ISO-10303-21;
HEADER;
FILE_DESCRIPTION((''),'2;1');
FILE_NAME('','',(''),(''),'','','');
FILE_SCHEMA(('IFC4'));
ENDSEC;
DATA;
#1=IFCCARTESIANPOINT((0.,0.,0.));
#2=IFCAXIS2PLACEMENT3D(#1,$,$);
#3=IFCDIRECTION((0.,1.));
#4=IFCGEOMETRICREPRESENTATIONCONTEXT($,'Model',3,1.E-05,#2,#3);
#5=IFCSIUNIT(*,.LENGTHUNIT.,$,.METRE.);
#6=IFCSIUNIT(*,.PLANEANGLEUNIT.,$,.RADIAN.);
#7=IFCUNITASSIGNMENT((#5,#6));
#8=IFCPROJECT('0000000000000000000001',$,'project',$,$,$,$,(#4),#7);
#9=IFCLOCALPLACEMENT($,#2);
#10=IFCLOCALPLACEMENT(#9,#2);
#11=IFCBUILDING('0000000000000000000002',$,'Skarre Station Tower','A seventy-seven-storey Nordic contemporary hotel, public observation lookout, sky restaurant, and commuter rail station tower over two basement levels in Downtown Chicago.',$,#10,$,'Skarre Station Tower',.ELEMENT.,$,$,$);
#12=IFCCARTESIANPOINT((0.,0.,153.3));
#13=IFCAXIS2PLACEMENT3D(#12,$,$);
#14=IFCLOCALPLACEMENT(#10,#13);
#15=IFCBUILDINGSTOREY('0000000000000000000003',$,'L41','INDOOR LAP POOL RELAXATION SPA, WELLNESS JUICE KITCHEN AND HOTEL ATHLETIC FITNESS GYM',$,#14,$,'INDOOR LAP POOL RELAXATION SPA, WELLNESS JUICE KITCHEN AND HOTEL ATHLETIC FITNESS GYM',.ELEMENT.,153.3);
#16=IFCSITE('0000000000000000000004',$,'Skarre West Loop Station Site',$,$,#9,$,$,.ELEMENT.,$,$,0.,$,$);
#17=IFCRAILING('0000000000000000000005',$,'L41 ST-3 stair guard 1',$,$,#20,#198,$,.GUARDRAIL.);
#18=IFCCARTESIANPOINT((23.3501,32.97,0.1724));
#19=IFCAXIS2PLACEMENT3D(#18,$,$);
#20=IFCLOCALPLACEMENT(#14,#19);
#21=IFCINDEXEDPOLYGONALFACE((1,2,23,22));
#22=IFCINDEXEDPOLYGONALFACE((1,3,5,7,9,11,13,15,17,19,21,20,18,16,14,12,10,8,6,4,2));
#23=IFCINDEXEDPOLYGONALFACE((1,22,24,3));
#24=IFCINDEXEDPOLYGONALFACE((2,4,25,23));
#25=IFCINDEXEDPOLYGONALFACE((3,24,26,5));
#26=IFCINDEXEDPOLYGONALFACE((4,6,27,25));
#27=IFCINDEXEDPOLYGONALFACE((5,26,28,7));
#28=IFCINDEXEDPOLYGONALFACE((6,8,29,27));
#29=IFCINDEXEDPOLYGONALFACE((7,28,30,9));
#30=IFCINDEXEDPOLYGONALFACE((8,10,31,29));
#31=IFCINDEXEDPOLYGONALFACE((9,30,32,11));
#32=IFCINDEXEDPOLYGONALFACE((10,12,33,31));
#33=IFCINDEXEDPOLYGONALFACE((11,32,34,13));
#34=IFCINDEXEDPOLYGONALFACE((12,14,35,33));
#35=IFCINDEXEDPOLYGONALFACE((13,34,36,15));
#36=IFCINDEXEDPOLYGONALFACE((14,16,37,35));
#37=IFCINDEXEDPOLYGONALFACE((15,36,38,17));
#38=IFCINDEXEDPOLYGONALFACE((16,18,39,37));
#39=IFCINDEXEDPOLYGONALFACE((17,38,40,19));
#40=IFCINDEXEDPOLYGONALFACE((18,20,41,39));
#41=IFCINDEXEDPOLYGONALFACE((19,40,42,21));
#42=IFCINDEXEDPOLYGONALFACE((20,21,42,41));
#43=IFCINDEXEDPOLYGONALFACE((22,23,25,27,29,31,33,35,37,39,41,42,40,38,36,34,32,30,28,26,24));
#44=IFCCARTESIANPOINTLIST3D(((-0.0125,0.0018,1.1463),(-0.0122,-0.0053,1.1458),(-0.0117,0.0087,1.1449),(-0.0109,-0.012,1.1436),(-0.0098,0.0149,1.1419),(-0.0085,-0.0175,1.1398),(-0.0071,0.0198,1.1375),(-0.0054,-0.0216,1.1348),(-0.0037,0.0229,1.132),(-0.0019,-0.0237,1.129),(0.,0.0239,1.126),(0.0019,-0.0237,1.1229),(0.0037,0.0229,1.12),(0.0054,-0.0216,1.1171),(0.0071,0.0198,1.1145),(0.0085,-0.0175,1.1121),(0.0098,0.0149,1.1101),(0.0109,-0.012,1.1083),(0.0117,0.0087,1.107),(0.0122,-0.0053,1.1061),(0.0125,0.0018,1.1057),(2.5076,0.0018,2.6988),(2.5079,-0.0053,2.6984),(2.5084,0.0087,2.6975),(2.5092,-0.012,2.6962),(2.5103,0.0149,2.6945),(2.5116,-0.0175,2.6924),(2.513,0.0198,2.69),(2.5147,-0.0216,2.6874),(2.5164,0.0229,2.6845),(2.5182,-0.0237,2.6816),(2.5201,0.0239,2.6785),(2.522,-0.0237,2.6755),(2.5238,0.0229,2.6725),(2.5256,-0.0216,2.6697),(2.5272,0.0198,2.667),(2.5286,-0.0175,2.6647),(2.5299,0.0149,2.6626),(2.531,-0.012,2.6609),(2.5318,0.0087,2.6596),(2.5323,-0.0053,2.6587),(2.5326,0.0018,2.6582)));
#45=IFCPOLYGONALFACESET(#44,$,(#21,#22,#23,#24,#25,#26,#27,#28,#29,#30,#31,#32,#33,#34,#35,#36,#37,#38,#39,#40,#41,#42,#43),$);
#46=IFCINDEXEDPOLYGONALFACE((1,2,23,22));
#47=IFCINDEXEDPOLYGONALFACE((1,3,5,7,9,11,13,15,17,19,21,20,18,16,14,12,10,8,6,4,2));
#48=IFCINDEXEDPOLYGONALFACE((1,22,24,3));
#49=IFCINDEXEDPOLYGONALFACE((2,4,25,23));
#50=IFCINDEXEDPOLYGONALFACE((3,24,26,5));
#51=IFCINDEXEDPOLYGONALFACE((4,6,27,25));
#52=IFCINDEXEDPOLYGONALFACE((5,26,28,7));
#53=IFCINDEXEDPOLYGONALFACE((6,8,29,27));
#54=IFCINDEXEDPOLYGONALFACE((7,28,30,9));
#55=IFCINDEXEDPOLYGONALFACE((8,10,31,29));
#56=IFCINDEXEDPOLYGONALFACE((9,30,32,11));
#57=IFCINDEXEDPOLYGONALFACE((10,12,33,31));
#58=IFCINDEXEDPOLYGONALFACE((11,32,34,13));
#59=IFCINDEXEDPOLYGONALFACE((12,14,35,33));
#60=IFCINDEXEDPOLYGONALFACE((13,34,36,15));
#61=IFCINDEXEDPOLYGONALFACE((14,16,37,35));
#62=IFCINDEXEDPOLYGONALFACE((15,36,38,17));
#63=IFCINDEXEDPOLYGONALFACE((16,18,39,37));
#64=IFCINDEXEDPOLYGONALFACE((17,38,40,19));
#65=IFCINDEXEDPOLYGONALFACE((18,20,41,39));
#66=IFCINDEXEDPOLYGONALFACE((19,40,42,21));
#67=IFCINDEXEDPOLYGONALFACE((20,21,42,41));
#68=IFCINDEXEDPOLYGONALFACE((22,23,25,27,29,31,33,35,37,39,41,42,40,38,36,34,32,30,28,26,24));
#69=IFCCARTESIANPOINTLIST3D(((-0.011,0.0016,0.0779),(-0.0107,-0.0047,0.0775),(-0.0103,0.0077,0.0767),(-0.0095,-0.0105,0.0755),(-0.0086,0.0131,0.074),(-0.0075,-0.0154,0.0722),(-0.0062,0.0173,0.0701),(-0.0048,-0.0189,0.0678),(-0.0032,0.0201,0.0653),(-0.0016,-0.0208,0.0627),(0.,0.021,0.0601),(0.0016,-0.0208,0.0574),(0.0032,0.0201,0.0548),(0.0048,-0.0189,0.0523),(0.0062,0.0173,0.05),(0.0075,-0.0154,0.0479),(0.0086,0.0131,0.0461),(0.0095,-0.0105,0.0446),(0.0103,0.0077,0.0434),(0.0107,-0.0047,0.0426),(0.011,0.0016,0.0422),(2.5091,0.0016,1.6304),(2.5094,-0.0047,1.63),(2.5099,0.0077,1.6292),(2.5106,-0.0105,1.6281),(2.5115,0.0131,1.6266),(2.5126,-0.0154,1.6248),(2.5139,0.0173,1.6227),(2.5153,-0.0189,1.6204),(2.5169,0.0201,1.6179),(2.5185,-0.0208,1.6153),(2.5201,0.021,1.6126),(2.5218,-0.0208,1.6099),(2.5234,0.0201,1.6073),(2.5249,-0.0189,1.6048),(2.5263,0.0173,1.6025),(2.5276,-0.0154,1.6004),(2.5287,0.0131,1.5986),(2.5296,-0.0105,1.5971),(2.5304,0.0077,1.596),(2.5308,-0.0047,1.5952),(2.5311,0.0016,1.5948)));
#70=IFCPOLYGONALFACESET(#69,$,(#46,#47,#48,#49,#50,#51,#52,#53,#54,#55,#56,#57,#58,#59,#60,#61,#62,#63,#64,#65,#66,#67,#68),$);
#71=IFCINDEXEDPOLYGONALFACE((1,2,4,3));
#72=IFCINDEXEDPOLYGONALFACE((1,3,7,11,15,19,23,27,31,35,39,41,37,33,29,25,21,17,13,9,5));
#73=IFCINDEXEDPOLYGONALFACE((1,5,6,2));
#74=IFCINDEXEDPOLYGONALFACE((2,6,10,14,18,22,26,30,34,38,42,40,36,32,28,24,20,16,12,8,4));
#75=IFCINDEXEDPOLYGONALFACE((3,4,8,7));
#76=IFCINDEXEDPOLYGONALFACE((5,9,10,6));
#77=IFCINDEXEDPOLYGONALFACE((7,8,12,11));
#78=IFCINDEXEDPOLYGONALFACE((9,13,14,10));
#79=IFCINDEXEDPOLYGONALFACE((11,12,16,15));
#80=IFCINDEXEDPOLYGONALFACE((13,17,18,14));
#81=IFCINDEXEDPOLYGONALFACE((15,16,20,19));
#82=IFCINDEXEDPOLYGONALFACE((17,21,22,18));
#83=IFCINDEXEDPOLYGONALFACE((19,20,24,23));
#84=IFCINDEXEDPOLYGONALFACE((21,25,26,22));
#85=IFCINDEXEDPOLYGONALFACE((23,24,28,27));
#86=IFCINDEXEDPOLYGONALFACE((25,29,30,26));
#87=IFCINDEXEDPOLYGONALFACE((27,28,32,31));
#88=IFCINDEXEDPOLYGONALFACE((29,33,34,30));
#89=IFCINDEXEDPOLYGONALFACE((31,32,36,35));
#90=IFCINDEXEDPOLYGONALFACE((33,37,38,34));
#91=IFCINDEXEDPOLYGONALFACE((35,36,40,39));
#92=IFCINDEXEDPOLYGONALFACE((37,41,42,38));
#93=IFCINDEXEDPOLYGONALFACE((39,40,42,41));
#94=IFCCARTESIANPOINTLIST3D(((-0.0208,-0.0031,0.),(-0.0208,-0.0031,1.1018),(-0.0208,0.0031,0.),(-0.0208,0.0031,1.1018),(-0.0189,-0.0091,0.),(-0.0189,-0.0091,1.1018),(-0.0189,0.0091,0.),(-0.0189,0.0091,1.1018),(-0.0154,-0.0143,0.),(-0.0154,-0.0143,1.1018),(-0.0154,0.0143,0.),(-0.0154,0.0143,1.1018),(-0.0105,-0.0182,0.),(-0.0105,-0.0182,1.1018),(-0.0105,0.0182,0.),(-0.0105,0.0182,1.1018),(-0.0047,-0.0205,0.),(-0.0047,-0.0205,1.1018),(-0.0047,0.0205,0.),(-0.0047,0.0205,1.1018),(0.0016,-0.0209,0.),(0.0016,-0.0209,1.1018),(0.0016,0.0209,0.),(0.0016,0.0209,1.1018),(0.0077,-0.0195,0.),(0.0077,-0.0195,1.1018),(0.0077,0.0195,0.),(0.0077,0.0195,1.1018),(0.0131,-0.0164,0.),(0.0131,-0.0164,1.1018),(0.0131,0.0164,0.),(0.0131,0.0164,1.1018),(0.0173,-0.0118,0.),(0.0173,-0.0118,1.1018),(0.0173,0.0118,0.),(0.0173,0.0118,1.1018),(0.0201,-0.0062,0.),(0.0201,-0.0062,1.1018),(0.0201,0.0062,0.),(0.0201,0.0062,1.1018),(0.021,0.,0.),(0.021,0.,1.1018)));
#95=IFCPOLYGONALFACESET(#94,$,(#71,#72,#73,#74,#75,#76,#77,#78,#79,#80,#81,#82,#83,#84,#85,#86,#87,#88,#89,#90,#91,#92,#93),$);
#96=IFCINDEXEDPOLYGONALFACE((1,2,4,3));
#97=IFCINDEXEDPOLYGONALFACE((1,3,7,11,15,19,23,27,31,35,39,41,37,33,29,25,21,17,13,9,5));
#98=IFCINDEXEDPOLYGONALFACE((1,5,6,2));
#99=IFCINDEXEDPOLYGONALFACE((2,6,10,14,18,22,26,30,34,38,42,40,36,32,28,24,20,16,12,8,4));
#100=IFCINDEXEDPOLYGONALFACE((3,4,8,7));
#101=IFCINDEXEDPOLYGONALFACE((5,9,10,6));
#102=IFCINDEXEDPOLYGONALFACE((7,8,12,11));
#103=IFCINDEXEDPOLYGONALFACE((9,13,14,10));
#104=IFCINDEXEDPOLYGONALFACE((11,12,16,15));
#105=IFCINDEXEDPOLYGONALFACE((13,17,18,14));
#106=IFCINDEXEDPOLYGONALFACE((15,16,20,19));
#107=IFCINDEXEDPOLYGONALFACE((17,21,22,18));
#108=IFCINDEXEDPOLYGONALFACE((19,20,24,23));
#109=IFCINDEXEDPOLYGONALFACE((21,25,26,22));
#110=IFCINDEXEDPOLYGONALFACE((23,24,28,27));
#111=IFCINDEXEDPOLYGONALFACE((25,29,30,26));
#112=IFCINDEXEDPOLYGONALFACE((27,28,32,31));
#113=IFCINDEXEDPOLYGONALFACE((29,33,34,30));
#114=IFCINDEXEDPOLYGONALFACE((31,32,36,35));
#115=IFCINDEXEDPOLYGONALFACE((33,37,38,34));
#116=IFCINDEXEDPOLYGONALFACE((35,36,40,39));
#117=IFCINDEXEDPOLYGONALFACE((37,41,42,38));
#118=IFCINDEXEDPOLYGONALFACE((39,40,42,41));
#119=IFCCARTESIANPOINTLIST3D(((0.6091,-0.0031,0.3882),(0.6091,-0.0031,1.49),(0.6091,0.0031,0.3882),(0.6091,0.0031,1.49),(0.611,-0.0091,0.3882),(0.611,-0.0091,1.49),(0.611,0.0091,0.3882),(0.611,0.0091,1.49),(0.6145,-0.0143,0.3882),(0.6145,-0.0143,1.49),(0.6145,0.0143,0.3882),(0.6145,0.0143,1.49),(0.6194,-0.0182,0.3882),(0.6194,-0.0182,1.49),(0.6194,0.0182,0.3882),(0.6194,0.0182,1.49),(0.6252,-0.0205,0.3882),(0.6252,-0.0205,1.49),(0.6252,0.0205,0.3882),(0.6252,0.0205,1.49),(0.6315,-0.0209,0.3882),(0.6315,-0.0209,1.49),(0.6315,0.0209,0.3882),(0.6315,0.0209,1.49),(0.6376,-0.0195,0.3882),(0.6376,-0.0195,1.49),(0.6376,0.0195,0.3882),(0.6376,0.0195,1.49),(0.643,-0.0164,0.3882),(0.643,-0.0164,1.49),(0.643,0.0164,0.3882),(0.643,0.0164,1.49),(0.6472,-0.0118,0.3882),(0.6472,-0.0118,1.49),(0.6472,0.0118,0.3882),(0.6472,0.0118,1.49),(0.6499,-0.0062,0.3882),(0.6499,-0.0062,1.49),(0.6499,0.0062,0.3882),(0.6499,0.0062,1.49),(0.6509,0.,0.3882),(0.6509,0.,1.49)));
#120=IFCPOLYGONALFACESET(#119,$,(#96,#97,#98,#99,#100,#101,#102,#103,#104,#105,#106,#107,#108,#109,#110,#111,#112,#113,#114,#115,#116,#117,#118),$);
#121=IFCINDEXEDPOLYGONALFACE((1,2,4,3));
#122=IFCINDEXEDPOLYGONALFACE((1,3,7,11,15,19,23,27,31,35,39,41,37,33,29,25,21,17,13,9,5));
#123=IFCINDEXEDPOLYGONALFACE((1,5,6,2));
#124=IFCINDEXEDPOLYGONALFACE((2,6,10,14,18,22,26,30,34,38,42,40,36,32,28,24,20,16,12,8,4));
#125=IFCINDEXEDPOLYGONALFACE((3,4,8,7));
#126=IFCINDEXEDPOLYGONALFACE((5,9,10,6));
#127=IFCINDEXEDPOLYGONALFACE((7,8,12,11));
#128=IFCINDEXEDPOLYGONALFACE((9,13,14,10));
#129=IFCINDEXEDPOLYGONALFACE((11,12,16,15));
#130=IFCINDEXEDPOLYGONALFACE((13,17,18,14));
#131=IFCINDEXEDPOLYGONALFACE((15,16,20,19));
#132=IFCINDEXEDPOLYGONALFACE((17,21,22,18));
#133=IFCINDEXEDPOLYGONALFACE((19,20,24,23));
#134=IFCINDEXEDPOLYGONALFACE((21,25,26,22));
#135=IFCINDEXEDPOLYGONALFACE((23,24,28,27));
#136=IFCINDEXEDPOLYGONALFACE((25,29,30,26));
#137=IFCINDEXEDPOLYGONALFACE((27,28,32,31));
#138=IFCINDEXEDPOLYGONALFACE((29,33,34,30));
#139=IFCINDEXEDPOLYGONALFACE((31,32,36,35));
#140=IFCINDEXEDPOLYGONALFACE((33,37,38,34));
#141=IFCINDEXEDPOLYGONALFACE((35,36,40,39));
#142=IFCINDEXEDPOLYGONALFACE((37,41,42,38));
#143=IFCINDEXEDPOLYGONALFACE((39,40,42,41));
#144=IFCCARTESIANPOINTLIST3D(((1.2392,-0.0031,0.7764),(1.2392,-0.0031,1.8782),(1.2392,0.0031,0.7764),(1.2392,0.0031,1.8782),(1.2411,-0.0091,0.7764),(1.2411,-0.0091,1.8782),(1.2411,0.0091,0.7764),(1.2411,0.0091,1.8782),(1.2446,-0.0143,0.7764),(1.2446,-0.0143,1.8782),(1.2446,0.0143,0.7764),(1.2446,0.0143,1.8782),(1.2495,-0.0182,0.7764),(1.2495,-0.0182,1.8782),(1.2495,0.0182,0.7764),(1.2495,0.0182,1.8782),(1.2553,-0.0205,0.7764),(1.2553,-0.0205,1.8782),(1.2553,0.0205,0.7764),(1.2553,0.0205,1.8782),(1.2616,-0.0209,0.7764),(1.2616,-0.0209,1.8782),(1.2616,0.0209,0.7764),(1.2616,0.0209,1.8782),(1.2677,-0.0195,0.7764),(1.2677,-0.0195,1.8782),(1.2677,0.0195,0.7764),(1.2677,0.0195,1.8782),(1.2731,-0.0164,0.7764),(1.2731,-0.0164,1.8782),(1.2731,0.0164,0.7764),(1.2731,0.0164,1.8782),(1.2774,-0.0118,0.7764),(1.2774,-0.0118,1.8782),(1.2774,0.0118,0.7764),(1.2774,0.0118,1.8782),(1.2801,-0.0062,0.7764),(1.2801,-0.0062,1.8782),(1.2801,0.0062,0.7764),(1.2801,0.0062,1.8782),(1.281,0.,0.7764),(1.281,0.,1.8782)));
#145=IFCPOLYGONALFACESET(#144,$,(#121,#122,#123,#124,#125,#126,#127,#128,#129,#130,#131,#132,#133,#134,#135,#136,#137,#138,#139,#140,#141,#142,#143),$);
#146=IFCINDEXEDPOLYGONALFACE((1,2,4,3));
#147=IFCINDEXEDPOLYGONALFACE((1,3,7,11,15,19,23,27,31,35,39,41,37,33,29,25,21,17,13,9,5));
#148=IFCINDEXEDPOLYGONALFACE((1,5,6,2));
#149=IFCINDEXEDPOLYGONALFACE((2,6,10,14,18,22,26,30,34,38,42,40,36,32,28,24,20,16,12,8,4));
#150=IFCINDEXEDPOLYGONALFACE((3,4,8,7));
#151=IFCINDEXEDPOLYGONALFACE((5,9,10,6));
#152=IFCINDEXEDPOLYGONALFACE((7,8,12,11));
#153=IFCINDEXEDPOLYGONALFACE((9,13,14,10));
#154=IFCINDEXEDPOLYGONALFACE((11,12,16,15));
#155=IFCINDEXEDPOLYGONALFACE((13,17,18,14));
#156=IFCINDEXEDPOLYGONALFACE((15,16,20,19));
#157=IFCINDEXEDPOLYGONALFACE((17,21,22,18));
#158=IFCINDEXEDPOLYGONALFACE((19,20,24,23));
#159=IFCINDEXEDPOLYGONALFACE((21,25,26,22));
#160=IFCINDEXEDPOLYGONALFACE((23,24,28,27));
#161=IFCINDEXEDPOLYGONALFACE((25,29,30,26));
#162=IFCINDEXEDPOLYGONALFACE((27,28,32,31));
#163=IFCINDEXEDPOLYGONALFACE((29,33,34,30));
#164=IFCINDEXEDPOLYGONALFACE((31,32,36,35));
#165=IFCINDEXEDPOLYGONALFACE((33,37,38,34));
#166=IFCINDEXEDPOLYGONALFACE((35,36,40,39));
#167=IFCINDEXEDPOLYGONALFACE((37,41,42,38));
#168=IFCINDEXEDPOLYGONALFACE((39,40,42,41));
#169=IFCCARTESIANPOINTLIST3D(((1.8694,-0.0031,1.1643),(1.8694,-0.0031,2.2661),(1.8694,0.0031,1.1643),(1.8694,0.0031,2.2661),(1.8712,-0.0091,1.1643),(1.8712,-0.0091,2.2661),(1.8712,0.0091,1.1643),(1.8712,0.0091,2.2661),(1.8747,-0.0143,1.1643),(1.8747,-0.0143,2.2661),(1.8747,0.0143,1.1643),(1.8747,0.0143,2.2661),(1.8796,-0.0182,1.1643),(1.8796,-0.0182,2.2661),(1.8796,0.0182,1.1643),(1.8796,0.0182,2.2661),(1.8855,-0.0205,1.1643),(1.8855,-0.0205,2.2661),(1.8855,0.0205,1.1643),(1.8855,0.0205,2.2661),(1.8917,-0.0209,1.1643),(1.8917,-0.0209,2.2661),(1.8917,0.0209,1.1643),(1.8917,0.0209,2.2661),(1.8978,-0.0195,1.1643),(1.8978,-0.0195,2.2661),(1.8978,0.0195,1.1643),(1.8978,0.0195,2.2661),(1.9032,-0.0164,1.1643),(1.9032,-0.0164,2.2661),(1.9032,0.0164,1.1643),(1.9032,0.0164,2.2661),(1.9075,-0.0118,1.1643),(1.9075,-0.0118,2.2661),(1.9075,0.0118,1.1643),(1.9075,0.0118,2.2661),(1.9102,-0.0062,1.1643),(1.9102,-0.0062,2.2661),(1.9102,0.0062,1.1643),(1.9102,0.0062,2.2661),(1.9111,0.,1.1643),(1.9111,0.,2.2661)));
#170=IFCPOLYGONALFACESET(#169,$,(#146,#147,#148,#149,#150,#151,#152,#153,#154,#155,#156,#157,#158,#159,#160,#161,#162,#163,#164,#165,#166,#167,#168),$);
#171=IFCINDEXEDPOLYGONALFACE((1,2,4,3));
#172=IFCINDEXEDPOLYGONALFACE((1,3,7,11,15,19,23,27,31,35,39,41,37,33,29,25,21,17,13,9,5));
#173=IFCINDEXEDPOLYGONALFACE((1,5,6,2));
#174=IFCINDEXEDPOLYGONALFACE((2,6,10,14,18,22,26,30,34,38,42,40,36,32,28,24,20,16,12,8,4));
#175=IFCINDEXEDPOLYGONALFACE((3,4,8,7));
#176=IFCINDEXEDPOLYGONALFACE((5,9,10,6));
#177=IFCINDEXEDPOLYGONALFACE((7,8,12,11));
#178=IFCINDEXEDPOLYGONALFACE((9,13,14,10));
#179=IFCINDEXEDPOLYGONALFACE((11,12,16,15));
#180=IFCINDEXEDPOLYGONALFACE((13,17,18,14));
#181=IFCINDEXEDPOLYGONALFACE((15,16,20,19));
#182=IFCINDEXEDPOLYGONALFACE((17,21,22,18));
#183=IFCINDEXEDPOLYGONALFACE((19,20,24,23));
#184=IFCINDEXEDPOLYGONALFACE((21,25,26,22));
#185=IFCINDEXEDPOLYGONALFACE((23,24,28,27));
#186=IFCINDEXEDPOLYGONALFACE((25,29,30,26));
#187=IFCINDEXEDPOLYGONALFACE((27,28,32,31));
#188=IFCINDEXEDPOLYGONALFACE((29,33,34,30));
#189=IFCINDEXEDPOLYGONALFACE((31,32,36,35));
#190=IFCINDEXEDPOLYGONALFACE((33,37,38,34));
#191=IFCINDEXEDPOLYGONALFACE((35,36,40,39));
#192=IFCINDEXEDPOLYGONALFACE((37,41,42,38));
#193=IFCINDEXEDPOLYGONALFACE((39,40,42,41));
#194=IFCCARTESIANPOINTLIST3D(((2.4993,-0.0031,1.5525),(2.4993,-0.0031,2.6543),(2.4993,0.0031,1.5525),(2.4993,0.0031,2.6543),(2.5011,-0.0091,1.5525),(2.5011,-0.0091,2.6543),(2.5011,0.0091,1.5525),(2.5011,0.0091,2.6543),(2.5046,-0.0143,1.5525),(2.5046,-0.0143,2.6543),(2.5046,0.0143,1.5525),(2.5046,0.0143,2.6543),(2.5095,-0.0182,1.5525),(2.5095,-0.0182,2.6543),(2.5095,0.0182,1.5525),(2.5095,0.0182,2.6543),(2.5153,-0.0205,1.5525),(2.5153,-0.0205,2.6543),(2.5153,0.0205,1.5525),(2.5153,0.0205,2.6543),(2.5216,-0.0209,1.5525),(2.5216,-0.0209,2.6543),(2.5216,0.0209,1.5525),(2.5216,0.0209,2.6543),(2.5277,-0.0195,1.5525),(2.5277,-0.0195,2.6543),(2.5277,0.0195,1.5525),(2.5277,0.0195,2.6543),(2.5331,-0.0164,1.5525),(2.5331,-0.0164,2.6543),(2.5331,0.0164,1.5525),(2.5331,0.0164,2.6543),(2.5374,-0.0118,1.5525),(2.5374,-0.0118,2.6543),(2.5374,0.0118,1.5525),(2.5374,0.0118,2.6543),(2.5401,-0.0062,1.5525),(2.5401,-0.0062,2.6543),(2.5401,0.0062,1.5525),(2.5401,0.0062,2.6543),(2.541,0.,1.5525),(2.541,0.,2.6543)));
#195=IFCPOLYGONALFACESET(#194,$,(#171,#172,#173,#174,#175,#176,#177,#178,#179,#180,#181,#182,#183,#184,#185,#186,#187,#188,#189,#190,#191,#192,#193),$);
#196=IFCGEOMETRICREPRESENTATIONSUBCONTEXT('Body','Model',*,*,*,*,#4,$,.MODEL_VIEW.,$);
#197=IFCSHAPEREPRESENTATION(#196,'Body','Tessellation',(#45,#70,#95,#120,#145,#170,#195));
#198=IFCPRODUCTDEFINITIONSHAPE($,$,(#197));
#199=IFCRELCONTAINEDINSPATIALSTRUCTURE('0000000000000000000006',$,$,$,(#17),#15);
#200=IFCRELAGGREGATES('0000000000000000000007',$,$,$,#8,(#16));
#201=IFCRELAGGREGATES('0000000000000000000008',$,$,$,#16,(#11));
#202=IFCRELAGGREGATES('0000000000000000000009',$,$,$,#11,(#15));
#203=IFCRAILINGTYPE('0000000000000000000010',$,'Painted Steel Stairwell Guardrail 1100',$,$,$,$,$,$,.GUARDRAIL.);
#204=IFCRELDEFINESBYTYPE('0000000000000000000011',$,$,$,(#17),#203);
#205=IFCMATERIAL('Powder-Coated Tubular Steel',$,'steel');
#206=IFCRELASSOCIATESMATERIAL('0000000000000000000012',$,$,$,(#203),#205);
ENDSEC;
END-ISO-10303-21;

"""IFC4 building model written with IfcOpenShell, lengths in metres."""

from ifc_helpers import new_model, si_unit, direction, frame, origin, origin_2d, place, context, subcontext, project, spatial, circle, extrude, material, type_object, element, save


model = new_model("IFC4")

# Units and contexts
model_context = context("Model", 3, precision=1e-05, world=origin(), true_north=direction((0.0, 1.0)))
body_context = subcontext(model_context, "Body", "Model", "MODEL_VIEW")
ifc_project = project(units=[si_unit("LENGTHUNIT", "METRE"), si_unit("PLANEANGLEUNIT", "RADIAN")], contexts=[model_context])

# Site, building, storey
site_placement = place(None, origin())
site = spatial("IfcSite", under=ifc_project, at=site_placement, Name="Skarre West Loop Station Site", CompositionType="ELEMENT", RefElevation=0.0)
building_placement = place(site_placement, origin())
building = spatial("IfcBuilding", under=site, at=building_placement, Name="Skarre Station Tower", Description="A seventy-seven-storey Nordic contemporary hotel, public observation lookout, sky restaurant, and commuter rail station tower over two basement levels in Downtown Chicago.", LongName="Skarre Station Tower", CompositionType="ELEMENT")
storey_placement = place(building_placement, frame((0.0, 0.0, 153.3)))
storey = spatial("IfcBuildingStorey", under=building, at=storey_placement, Name="L41", Description="INDOOR LAP POOL RELAXATION SPA, WELLNESS JUICE KITCHEN AND HOTEL ATHLETIC FITNESS GYM", LongName="INDOOR LAP POOL RELAXATION SPA, WELLNESS JUICE KITCHEN AND HOTEL ATHLETIC FITNESS GYM", CompositionType="ELEMENT", Elevation=153.3)

# Railing
ifc_material_1 = material(Name="Powder-Coated Tubular Steel", Category="steel")
railing_type_1 = type_object("IfcRailingType", Name="Painted Steel Stairwell Guardrail 1100", PredefinedType="GUARDRAIL", material=ifc_material_1)
railing_1_placement = place(storey_placement, frame((23.3501, 32.97, 0.1724)))
element("IfcRailing", 1, at=railing_1_placement, inside=storey, type_object=railing_type_1, Name="L41 ST-3 stair guard 1", PredefinedType="GUARDRAIL", context=body_context, shape_type="SweptSolid", body=[
    extrude(circle(Radius=0.0239, at=origin_2d()), frame((0.0, 0.0, 1.126), z_axis=(0.8514, 0.0, 0.524516), x_axis=(0.0, 1.0, 0.0)), (0.0, 0.0, 1.0), 2.96),
    extrude(circle(Radius=0.021, at=origin_2d()), frame((0.0, 0.0, 0.0601), z_axis=(0.8514, 0.0, 0.524516), x_axis=(0.0, 1.0, 0.0)), (0.0, 0.0, 1.0), 2.96),
    extrude(circle(Radius=0.021, at=origin_2d()), origin(), (0.0, 0.0, 1.0), 1.1018),
    extrude(circle(Radius=0.021, at=origin_2d()), frame((0.6299, 0.0, 0.3882)), (0.0, 0.0, 1.0), 1.1018),
    extrude(circle(Radius=0.021, at=origin_2d()), frame((1.26, 0.0, 0.7764)), (0.0, 0.0, 1.0), 1.1018),
    extrude(circle(Radius=0.021, at=origin_2d()), frame((1.8901, 0.0, 1.1643)), (0.0, 0.0, 1.0), 1.1018),
    extrude(circle(Radius=0.021, at=origin_2d()), frame((2.52, 0.0, 1.5525)), (0.0, 0.0, 1.0), 1.1018),
])

save(model, "model.ifc")
